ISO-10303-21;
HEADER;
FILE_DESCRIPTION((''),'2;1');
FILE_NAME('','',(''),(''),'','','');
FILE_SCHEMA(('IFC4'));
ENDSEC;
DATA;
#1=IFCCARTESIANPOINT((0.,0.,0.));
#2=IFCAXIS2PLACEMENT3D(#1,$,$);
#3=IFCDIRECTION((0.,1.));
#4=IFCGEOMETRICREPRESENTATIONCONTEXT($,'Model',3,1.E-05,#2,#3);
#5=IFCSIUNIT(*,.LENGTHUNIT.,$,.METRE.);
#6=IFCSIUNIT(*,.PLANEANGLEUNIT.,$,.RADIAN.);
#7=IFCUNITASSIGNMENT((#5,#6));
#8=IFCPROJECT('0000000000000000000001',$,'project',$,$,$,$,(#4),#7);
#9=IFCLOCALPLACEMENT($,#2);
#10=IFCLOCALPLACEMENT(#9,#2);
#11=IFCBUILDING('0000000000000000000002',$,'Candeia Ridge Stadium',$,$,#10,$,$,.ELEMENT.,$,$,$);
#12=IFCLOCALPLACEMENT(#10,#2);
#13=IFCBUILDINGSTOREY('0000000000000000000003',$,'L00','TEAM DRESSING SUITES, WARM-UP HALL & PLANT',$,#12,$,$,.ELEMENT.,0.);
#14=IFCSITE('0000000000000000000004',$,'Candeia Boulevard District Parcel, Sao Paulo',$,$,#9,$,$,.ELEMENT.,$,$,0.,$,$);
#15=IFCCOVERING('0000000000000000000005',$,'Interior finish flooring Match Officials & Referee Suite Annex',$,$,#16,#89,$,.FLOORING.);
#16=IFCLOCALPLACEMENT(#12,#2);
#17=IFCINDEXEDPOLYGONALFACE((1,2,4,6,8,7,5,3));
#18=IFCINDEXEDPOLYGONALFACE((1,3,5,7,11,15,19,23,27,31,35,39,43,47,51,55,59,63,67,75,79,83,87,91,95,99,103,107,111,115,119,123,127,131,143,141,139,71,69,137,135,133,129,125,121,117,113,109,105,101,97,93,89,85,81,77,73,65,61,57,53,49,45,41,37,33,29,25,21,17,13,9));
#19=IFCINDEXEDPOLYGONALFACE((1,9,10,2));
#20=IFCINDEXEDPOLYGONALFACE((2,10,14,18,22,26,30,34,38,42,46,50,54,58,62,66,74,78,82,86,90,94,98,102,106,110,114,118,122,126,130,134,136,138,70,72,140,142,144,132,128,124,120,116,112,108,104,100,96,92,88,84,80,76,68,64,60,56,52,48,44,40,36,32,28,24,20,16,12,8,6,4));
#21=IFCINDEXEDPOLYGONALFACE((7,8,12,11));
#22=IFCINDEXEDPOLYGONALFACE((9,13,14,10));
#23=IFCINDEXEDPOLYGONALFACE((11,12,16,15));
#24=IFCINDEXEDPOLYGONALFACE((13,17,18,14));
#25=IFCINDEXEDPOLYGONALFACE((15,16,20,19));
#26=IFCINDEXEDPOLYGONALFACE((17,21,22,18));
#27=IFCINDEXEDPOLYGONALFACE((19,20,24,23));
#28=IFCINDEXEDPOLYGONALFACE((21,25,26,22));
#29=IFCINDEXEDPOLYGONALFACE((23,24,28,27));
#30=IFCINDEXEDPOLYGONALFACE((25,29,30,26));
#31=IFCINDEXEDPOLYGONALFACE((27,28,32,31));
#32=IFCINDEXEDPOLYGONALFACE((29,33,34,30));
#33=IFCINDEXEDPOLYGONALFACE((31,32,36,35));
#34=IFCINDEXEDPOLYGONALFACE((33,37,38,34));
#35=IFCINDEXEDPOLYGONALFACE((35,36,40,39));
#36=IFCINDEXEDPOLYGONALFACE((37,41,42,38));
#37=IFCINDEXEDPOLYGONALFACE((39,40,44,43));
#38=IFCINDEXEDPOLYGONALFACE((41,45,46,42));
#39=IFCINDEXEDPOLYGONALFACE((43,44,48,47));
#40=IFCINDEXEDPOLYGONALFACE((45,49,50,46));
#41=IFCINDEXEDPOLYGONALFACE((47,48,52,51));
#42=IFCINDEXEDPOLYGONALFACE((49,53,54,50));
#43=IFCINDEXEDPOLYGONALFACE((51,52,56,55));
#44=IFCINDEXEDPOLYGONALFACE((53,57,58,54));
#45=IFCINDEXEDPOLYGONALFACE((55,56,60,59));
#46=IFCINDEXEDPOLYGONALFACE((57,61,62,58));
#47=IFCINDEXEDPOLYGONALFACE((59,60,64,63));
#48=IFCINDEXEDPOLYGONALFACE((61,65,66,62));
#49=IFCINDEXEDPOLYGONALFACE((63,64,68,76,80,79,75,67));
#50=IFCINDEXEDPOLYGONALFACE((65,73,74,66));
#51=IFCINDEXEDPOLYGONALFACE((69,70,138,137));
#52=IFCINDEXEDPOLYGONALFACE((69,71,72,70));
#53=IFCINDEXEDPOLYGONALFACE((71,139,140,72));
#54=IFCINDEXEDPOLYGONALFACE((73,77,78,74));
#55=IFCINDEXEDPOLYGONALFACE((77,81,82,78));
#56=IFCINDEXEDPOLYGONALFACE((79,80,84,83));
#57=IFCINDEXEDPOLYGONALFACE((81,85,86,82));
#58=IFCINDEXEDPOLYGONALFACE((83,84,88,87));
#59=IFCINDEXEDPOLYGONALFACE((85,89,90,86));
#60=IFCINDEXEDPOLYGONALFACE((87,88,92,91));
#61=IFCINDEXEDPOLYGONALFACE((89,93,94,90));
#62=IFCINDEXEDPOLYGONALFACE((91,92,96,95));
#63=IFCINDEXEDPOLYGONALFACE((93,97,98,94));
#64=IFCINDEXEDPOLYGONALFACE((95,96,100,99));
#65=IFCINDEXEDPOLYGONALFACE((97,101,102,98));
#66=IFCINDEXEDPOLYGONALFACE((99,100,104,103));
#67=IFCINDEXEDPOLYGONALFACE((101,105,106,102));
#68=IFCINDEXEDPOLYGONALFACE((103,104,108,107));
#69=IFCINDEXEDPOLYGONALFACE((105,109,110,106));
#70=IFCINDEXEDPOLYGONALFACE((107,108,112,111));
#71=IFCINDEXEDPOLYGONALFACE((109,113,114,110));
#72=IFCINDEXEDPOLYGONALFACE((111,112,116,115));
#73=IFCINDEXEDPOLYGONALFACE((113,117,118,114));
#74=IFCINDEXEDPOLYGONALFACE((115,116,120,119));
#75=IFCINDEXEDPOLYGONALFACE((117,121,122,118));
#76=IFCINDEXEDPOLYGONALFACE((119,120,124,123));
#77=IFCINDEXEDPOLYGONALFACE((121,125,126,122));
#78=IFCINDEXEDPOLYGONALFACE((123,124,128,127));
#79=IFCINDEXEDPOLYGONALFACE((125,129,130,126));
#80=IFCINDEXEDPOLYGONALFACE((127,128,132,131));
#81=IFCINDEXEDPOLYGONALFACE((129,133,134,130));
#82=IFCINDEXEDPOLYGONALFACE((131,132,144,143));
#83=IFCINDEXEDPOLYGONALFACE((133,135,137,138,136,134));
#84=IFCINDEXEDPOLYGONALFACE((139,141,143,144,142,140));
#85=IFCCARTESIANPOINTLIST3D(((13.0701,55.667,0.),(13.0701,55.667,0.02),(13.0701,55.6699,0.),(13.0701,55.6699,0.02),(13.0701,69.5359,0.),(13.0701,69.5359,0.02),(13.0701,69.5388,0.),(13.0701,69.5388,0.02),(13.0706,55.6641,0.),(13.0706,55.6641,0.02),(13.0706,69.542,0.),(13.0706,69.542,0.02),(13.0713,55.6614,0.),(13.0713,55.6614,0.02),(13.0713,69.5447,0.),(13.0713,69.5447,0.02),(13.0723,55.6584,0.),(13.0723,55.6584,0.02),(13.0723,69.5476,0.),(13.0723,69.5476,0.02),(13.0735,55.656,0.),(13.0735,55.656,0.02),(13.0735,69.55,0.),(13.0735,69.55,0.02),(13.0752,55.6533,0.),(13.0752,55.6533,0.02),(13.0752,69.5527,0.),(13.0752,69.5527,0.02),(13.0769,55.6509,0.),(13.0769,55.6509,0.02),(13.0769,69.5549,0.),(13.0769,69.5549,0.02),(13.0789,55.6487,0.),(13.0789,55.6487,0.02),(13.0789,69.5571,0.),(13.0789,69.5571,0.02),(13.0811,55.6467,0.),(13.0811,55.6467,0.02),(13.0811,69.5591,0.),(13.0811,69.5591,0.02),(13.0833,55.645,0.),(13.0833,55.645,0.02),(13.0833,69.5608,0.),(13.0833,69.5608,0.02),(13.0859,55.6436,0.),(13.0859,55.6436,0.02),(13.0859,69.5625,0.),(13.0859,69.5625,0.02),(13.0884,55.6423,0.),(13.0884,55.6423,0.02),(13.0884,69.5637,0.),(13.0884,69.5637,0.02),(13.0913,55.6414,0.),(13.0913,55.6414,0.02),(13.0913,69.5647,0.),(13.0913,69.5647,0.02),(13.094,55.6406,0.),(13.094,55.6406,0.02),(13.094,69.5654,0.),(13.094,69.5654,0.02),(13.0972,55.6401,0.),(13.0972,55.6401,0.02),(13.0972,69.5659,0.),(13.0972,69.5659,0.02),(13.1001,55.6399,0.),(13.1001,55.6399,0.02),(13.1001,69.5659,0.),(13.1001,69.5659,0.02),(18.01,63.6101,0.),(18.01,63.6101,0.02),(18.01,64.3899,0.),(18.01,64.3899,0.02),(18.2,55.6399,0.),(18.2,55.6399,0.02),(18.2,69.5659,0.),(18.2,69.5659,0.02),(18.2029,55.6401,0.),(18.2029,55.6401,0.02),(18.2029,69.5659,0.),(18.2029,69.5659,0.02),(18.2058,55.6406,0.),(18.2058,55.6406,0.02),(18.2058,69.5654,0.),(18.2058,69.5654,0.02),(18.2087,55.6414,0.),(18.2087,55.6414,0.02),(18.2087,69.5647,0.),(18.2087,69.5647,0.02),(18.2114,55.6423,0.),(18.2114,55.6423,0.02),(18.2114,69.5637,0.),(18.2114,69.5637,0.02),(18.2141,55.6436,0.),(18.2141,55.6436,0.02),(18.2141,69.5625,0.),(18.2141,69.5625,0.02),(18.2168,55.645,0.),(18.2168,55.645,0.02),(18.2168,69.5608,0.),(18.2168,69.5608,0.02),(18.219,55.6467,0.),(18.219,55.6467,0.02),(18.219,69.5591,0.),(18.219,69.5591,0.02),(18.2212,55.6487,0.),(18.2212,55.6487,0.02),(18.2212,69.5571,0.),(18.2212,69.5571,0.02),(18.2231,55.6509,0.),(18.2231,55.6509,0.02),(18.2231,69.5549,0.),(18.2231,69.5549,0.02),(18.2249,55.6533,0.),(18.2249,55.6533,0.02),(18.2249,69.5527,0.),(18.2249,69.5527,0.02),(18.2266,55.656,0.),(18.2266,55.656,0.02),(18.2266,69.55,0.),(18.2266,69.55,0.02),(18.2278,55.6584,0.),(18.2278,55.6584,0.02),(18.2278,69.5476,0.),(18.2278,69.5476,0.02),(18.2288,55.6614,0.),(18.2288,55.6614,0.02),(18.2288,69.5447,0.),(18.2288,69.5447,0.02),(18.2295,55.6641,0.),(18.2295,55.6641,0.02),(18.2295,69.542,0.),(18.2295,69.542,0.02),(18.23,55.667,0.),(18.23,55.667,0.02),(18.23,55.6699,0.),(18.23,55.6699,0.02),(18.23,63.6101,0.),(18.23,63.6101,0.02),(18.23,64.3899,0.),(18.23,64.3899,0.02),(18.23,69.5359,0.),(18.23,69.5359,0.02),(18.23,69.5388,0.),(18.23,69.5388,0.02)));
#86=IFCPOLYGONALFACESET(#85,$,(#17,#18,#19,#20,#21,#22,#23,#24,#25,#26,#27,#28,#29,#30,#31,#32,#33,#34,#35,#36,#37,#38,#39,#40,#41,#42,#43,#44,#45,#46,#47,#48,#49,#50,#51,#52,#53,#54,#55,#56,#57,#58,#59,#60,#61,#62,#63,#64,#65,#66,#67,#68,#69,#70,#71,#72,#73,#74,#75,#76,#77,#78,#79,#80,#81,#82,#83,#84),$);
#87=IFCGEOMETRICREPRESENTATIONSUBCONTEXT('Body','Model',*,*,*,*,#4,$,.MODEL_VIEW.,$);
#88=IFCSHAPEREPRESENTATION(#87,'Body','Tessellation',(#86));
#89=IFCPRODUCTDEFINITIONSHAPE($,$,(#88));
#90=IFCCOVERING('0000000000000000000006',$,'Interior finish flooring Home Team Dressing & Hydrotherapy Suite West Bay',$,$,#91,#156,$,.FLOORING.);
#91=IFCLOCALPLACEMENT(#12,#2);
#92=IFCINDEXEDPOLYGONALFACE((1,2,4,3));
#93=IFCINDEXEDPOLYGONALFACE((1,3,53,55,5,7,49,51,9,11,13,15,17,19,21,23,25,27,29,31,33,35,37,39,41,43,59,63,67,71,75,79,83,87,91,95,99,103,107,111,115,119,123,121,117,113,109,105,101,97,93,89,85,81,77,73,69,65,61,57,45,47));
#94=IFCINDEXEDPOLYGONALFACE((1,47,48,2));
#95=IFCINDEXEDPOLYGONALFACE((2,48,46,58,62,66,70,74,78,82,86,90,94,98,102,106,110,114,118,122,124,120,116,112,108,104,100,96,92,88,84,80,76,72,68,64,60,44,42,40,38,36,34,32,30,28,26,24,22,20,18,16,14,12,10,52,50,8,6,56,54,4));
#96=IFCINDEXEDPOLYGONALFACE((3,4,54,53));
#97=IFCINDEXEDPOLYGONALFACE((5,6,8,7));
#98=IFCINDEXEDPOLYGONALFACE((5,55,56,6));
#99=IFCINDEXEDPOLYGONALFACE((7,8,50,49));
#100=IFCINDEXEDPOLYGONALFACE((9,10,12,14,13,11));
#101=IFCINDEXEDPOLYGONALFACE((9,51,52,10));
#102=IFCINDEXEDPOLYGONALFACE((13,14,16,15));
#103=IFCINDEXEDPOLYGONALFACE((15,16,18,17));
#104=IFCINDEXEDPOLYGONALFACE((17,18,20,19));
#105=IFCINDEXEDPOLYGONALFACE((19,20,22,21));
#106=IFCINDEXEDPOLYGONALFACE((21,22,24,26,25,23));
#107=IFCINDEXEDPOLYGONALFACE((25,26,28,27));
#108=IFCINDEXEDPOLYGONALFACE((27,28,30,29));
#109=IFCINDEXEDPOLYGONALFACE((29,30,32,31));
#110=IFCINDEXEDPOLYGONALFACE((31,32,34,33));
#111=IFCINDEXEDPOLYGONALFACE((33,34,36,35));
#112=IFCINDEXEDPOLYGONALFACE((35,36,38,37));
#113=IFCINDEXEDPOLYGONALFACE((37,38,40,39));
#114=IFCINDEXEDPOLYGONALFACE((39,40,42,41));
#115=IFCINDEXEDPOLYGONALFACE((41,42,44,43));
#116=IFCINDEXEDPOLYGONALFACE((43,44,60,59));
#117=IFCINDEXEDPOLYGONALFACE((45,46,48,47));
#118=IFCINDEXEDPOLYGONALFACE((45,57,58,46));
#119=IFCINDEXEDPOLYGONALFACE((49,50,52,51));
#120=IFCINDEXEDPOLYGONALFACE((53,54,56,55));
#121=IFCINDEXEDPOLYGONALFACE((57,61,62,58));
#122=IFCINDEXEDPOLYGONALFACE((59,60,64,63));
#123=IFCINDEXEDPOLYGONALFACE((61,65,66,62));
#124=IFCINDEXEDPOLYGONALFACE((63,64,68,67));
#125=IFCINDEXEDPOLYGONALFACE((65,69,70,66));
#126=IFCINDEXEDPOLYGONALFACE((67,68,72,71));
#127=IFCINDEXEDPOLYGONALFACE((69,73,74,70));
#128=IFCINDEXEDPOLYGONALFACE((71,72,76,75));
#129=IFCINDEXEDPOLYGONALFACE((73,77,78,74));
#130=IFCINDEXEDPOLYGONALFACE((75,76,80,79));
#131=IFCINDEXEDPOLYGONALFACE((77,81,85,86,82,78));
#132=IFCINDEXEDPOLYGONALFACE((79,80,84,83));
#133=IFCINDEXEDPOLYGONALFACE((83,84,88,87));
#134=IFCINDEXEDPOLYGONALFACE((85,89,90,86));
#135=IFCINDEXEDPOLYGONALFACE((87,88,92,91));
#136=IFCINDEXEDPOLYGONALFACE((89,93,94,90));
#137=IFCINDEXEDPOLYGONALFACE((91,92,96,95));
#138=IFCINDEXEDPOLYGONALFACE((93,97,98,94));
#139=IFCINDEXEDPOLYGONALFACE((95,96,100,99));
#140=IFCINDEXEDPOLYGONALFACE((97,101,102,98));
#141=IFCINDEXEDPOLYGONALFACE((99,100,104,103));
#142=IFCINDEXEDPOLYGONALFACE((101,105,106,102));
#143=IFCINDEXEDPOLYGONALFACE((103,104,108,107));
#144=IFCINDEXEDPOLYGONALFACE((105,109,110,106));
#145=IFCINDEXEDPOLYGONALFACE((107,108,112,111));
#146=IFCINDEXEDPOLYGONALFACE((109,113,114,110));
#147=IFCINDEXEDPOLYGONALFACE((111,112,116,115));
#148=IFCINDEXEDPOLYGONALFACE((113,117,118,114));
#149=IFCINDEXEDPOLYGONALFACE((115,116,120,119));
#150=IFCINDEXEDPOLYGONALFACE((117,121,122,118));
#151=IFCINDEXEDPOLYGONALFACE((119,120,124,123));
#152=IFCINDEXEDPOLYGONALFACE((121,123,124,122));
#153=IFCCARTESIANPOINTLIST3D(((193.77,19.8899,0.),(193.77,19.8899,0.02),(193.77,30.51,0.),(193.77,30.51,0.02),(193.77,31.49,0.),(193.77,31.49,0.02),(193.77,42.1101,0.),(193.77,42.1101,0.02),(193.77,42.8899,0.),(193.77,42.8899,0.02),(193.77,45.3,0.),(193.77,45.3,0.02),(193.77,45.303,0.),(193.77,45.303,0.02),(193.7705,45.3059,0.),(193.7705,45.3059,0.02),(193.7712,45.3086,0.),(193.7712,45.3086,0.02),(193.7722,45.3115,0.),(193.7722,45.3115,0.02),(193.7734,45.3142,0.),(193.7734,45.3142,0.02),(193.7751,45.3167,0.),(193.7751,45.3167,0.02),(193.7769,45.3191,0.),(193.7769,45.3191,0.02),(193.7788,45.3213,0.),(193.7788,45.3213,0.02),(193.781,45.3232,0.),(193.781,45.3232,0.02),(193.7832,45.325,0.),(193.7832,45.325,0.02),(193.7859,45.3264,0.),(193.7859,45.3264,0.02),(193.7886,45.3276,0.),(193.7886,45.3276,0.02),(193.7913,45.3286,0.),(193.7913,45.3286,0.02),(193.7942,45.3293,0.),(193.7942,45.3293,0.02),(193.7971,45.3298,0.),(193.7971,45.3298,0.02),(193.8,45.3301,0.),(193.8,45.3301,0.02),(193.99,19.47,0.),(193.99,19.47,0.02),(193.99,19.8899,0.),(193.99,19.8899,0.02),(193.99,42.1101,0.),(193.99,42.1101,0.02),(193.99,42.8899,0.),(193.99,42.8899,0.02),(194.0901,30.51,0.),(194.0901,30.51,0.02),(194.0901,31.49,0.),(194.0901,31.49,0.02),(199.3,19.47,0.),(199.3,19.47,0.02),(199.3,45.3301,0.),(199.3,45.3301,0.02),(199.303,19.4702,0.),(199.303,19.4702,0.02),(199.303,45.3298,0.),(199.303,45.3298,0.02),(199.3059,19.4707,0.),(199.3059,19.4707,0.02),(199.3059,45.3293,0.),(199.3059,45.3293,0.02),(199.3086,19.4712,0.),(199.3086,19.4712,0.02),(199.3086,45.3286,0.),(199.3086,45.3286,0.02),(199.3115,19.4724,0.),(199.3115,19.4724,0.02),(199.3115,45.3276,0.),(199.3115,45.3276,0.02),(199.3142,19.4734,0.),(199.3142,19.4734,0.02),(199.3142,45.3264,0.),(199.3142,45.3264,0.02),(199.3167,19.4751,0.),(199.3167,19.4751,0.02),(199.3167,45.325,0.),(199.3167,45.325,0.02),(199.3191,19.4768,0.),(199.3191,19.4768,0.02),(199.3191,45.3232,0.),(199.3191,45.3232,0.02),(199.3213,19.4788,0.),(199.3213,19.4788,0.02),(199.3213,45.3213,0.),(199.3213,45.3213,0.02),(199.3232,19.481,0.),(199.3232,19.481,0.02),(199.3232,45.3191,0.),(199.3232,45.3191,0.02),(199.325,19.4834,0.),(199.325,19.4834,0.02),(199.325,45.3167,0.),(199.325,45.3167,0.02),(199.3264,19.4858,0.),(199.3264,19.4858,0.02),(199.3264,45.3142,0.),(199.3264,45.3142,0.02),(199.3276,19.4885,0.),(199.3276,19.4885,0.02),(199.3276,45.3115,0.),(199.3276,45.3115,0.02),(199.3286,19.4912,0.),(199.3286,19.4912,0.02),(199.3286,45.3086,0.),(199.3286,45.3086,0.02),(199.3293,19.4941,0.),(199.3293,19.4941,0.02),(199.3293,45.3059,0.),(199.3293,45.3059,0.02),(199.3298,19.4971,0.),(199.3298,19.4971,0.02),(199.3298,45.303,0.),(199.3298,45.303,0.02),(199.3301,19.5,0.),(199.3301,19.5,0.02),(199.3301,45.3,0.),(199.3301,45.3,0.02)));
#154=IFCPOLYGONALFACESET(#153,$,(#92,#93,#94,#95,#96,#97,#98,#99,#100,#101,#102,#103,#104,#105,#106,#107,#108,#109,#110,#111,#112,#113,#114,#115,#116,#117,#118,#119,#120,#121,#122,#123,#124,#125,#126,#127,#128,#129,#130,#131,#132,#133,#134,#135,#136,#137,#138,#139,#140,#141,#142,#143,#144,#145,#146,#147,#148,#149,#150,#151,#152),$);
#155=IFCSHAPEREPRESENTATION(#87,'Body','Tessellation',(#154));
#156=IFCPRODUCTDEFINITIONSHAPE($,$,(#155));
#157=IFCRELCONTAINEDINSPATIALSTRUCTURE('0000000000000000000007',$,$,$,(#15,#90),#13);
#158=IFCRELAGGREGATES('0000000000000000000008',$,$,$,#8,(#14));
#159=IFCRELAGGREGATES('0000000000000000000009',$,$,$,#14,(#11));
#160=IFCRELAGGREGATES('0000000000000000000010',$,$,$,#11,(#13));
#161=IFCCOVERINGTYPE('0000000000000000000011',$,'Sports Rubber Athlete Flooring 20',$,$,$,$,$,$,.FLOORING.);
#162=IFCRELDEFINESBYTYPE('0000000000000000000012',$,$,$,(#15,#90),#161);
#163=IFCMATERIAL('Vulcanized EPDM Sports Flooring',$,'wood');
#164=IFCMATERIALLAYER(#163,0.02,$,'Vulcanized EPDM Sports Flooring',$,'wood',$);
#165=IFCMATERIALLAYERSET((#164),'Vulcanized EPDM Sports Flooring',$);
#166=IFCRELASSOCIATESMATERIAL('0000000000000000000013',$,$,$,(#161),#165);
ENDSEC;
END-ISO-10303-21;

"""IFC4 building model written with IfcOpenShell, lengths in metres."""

from ifc_helpers import new_model, si_unit, direction, origin, place, context, subcontext, project, spatial, polyline, outline, extrude, material, layer, layer_set, type_object, element, save


model = new_model("IFC4")

# Units and contexts
model_context = context("Model", 3, precision=1e-05, world=origin(), true_north=direction((0.0, 1.0)))
body_context = subcontext(model_context, "Body", "Model", "MODEL_VIEW")
ifc_project = project(units=[si_unit("LENGTHUNIT", "METRE"), si_unit("PLANEANGLEUNIT", "RADIAN")], contexts=[model_context])

# Site, building, storey
site_placement = place(None, origin())
site = spatial("IfcSite", under=ifc_project, at=site_placement, Name="Candeia Boulevard District Parcel, Sao Paulo", CompositionType="ELEMENT", RefElevation=0.0)
building_placement = place(site_placement, origin())
building = spatial("IfcBuilding", under=site, at=building_placement, Name="Candeia Ridge Stadium", CompositionType="ELEMENT")
storey_placement = place(building_placement, origin())
storey = spatial("IfcBuildingStorey", under=building, at=storey_placement, Name="L00", Description="TEAM DRESSING SUITES, WARM-UP HALL & PLANT", CompositionType="ELEMENT", Elevation=0.0)

# Coverings
ifc_material_1 = material(Name="Vulcanized EPDM Sports Flooring", Category="wood")
ifc_layer_1 = layer(ifc_material_1, 0.02, Name="Vulcanized EPDM Sports Flooring", Category="wood")
ifc_layer_set_1 = layer_set([ifc_layer_1], Name="Vulcanized EPDM Sports Flooring")
covering_type_1 = type_object("IfcCoveringType", Name="Sports Rubber Athlete Flooring 20", PredefinedType="FLOORING", material=ifc_layer_set_1)
covering_1_placement = place(storey_placement, origin())
element("IfcCovering", 1, at=covering_1_placement, inside=storey, type_object=covering_type_1, Name="Interior finish flooring Match Officials & Referee Suite Annex", PredefinedType="FLOORING", context=body_context, shape_type="SweptSolid", body=[
    extrude(outline(polyline([(13.094, 55.6406), (13.0913, 55.6414), (13.0884, 55.6423), (13.0859, 55.6436), (13.0833, 55.645), (13.0811, 55.6467), (13.0789, 55.6487), (13.0769, 55.6509), (13.0752, 55.6533), (13.0735, 55.656), (13.0723, 55.6584), (13.0713, 55.6614), (13.0706, 55.6641), (13.0701, 55.667), (13.0701, 55.6699), (13.0701, 69.5359), (13.0701, 69.5388), (13.0706, 69.542), (13.0713, 69.5447), (13.0723, 69.5476), (13.0735, 69.55), (13.0752, 69.5527), (13.0769, 69.5549), (13.0789, 69.5571), (13.0811, 69.5591), (13.0833, 69.5608), (13.0859, 69.5625), (13.0884, 69.5637), (13.0913, 69.5647), (13.094, 69.5654), (13.0972, 69.5659), (13.1001, 69.5659), (18.2, 69.5659), (18.2029, 69.5659), (18.2058, 69.5654), (18.2087, 69.5647), (18.2114, 69.5637), (18.2141, 69.5625), (18.2168, 69.5608), (18.219, 69.5591), (18.2212, 69.5571), (18.2231, 69.5549), (18.2249, 69.5527), (18.2266, 69.55), (18.2278, 69.5476), (18.2288, 69.5447), (18.2295, 69.542), (18.23, 69.5388), (18.23, 69.5359), (18.23, 64.3899), (18.01, 64.3899), (18.01, 63.6101), (18.23, 63.6101), (18.23, 55.6699), (18.23, 55.667), (18.2295, 55.6641), (18.2288, 55.6614), (18.2278, 55.6584), (18.2266, 55.656), (18.2249, 55.6533), (18.2231, 55.6509), (18.2212, 55.6487), (18.219, 55.6467), (18.2168, 55.645), (18.2141, 55.6436), (18.2114, 55.6423), (18.2087, 55.6414), (18.2058, 55.6406), (18.2029, 55.6401), (18.2, 55.6399), (13.1001, 55.6399), (13.0972, 55.6401), (13.094, 55.6406)])), origin(), (0.0, 0.0, 1.0), 0.02),
])
covering_2_placement = place(storey_placement, origin())
element("IfcCovering", 2, at=covering_2_placement, inside=storey, type_object=covering_type_1, Name="Interior finish flooring Home Team Dressing & Hydrotherapy Suite West Bay", PredefinedType="FLOORING", context=body_context, shape_type="SweptSolid", body=[
    extrude(outline(polyline([(194.0901, 30.51), (194.0901, 31.49), (193.77, 31.49), (193.77, 42.1101), (193.99, 42.1101), (193.99, 42.8899), (193.77, 42.8899), (193.77, 45.3), (193.77, 45.303), (193.7705, 45.3059), (193.7712, 45.3086), (193.7722, 45.3115), (193.7734, 45.3142), (193.7751, 45.3167), (193.7769, 45.3191), (193.7788, 45.3213), (193.781, 45.3232), (193.7832, 45.325), (193.7859, 45.3264), (193.7886, 45.3276), (193.7913, 45.3286), (193.7942, 45.3293), (193.7971, 45.3298), (193.8, 45.3301), (199.3, 45.3301), (199.303, 45.3298), (199.3059, 45.3293), (199.3086, 45.3286), (199.3115, 45.3276), (199.3142, 45.3264), (199.3167, 45.325), (199.3191, 45.3232), (199.3213, 45.3213), (199.3232, 45.3191), (199.325, 45.3167), (199.3264, 45.3142), (199.3276, 45.3115), (199.3286, 45.3086), (199.3293, 45.3059), (199.3298, 45.303), (199.3301, 45.3), (199.3301, 19.5), (199.3298, 19.4971), (199.3293, 19.4941), (199.3286, 19.4912), (199.3276, 19.4885), (199.3264, 19.4858), (199.325, 19.4834), (199.3232, 19.481), (199.3213, 19.4788), (199.3191, 19.4768), (199.3167, 19.4751), (199.3142, 19.4734), (199.3115, 19.4724), (199.3086, 19.4712), (199.3059, 19.4707), (199.303, 19.4702), (199.3, 19.47), (193.99, 19.47), (193.99, 19.8899), (193.77, 19.8899), (193.77, 30.51), (194.0901, 30.51)])), origin(), (0.0, 0.0, 1.0), 0.02),
])

save(model, "model.ifc")
